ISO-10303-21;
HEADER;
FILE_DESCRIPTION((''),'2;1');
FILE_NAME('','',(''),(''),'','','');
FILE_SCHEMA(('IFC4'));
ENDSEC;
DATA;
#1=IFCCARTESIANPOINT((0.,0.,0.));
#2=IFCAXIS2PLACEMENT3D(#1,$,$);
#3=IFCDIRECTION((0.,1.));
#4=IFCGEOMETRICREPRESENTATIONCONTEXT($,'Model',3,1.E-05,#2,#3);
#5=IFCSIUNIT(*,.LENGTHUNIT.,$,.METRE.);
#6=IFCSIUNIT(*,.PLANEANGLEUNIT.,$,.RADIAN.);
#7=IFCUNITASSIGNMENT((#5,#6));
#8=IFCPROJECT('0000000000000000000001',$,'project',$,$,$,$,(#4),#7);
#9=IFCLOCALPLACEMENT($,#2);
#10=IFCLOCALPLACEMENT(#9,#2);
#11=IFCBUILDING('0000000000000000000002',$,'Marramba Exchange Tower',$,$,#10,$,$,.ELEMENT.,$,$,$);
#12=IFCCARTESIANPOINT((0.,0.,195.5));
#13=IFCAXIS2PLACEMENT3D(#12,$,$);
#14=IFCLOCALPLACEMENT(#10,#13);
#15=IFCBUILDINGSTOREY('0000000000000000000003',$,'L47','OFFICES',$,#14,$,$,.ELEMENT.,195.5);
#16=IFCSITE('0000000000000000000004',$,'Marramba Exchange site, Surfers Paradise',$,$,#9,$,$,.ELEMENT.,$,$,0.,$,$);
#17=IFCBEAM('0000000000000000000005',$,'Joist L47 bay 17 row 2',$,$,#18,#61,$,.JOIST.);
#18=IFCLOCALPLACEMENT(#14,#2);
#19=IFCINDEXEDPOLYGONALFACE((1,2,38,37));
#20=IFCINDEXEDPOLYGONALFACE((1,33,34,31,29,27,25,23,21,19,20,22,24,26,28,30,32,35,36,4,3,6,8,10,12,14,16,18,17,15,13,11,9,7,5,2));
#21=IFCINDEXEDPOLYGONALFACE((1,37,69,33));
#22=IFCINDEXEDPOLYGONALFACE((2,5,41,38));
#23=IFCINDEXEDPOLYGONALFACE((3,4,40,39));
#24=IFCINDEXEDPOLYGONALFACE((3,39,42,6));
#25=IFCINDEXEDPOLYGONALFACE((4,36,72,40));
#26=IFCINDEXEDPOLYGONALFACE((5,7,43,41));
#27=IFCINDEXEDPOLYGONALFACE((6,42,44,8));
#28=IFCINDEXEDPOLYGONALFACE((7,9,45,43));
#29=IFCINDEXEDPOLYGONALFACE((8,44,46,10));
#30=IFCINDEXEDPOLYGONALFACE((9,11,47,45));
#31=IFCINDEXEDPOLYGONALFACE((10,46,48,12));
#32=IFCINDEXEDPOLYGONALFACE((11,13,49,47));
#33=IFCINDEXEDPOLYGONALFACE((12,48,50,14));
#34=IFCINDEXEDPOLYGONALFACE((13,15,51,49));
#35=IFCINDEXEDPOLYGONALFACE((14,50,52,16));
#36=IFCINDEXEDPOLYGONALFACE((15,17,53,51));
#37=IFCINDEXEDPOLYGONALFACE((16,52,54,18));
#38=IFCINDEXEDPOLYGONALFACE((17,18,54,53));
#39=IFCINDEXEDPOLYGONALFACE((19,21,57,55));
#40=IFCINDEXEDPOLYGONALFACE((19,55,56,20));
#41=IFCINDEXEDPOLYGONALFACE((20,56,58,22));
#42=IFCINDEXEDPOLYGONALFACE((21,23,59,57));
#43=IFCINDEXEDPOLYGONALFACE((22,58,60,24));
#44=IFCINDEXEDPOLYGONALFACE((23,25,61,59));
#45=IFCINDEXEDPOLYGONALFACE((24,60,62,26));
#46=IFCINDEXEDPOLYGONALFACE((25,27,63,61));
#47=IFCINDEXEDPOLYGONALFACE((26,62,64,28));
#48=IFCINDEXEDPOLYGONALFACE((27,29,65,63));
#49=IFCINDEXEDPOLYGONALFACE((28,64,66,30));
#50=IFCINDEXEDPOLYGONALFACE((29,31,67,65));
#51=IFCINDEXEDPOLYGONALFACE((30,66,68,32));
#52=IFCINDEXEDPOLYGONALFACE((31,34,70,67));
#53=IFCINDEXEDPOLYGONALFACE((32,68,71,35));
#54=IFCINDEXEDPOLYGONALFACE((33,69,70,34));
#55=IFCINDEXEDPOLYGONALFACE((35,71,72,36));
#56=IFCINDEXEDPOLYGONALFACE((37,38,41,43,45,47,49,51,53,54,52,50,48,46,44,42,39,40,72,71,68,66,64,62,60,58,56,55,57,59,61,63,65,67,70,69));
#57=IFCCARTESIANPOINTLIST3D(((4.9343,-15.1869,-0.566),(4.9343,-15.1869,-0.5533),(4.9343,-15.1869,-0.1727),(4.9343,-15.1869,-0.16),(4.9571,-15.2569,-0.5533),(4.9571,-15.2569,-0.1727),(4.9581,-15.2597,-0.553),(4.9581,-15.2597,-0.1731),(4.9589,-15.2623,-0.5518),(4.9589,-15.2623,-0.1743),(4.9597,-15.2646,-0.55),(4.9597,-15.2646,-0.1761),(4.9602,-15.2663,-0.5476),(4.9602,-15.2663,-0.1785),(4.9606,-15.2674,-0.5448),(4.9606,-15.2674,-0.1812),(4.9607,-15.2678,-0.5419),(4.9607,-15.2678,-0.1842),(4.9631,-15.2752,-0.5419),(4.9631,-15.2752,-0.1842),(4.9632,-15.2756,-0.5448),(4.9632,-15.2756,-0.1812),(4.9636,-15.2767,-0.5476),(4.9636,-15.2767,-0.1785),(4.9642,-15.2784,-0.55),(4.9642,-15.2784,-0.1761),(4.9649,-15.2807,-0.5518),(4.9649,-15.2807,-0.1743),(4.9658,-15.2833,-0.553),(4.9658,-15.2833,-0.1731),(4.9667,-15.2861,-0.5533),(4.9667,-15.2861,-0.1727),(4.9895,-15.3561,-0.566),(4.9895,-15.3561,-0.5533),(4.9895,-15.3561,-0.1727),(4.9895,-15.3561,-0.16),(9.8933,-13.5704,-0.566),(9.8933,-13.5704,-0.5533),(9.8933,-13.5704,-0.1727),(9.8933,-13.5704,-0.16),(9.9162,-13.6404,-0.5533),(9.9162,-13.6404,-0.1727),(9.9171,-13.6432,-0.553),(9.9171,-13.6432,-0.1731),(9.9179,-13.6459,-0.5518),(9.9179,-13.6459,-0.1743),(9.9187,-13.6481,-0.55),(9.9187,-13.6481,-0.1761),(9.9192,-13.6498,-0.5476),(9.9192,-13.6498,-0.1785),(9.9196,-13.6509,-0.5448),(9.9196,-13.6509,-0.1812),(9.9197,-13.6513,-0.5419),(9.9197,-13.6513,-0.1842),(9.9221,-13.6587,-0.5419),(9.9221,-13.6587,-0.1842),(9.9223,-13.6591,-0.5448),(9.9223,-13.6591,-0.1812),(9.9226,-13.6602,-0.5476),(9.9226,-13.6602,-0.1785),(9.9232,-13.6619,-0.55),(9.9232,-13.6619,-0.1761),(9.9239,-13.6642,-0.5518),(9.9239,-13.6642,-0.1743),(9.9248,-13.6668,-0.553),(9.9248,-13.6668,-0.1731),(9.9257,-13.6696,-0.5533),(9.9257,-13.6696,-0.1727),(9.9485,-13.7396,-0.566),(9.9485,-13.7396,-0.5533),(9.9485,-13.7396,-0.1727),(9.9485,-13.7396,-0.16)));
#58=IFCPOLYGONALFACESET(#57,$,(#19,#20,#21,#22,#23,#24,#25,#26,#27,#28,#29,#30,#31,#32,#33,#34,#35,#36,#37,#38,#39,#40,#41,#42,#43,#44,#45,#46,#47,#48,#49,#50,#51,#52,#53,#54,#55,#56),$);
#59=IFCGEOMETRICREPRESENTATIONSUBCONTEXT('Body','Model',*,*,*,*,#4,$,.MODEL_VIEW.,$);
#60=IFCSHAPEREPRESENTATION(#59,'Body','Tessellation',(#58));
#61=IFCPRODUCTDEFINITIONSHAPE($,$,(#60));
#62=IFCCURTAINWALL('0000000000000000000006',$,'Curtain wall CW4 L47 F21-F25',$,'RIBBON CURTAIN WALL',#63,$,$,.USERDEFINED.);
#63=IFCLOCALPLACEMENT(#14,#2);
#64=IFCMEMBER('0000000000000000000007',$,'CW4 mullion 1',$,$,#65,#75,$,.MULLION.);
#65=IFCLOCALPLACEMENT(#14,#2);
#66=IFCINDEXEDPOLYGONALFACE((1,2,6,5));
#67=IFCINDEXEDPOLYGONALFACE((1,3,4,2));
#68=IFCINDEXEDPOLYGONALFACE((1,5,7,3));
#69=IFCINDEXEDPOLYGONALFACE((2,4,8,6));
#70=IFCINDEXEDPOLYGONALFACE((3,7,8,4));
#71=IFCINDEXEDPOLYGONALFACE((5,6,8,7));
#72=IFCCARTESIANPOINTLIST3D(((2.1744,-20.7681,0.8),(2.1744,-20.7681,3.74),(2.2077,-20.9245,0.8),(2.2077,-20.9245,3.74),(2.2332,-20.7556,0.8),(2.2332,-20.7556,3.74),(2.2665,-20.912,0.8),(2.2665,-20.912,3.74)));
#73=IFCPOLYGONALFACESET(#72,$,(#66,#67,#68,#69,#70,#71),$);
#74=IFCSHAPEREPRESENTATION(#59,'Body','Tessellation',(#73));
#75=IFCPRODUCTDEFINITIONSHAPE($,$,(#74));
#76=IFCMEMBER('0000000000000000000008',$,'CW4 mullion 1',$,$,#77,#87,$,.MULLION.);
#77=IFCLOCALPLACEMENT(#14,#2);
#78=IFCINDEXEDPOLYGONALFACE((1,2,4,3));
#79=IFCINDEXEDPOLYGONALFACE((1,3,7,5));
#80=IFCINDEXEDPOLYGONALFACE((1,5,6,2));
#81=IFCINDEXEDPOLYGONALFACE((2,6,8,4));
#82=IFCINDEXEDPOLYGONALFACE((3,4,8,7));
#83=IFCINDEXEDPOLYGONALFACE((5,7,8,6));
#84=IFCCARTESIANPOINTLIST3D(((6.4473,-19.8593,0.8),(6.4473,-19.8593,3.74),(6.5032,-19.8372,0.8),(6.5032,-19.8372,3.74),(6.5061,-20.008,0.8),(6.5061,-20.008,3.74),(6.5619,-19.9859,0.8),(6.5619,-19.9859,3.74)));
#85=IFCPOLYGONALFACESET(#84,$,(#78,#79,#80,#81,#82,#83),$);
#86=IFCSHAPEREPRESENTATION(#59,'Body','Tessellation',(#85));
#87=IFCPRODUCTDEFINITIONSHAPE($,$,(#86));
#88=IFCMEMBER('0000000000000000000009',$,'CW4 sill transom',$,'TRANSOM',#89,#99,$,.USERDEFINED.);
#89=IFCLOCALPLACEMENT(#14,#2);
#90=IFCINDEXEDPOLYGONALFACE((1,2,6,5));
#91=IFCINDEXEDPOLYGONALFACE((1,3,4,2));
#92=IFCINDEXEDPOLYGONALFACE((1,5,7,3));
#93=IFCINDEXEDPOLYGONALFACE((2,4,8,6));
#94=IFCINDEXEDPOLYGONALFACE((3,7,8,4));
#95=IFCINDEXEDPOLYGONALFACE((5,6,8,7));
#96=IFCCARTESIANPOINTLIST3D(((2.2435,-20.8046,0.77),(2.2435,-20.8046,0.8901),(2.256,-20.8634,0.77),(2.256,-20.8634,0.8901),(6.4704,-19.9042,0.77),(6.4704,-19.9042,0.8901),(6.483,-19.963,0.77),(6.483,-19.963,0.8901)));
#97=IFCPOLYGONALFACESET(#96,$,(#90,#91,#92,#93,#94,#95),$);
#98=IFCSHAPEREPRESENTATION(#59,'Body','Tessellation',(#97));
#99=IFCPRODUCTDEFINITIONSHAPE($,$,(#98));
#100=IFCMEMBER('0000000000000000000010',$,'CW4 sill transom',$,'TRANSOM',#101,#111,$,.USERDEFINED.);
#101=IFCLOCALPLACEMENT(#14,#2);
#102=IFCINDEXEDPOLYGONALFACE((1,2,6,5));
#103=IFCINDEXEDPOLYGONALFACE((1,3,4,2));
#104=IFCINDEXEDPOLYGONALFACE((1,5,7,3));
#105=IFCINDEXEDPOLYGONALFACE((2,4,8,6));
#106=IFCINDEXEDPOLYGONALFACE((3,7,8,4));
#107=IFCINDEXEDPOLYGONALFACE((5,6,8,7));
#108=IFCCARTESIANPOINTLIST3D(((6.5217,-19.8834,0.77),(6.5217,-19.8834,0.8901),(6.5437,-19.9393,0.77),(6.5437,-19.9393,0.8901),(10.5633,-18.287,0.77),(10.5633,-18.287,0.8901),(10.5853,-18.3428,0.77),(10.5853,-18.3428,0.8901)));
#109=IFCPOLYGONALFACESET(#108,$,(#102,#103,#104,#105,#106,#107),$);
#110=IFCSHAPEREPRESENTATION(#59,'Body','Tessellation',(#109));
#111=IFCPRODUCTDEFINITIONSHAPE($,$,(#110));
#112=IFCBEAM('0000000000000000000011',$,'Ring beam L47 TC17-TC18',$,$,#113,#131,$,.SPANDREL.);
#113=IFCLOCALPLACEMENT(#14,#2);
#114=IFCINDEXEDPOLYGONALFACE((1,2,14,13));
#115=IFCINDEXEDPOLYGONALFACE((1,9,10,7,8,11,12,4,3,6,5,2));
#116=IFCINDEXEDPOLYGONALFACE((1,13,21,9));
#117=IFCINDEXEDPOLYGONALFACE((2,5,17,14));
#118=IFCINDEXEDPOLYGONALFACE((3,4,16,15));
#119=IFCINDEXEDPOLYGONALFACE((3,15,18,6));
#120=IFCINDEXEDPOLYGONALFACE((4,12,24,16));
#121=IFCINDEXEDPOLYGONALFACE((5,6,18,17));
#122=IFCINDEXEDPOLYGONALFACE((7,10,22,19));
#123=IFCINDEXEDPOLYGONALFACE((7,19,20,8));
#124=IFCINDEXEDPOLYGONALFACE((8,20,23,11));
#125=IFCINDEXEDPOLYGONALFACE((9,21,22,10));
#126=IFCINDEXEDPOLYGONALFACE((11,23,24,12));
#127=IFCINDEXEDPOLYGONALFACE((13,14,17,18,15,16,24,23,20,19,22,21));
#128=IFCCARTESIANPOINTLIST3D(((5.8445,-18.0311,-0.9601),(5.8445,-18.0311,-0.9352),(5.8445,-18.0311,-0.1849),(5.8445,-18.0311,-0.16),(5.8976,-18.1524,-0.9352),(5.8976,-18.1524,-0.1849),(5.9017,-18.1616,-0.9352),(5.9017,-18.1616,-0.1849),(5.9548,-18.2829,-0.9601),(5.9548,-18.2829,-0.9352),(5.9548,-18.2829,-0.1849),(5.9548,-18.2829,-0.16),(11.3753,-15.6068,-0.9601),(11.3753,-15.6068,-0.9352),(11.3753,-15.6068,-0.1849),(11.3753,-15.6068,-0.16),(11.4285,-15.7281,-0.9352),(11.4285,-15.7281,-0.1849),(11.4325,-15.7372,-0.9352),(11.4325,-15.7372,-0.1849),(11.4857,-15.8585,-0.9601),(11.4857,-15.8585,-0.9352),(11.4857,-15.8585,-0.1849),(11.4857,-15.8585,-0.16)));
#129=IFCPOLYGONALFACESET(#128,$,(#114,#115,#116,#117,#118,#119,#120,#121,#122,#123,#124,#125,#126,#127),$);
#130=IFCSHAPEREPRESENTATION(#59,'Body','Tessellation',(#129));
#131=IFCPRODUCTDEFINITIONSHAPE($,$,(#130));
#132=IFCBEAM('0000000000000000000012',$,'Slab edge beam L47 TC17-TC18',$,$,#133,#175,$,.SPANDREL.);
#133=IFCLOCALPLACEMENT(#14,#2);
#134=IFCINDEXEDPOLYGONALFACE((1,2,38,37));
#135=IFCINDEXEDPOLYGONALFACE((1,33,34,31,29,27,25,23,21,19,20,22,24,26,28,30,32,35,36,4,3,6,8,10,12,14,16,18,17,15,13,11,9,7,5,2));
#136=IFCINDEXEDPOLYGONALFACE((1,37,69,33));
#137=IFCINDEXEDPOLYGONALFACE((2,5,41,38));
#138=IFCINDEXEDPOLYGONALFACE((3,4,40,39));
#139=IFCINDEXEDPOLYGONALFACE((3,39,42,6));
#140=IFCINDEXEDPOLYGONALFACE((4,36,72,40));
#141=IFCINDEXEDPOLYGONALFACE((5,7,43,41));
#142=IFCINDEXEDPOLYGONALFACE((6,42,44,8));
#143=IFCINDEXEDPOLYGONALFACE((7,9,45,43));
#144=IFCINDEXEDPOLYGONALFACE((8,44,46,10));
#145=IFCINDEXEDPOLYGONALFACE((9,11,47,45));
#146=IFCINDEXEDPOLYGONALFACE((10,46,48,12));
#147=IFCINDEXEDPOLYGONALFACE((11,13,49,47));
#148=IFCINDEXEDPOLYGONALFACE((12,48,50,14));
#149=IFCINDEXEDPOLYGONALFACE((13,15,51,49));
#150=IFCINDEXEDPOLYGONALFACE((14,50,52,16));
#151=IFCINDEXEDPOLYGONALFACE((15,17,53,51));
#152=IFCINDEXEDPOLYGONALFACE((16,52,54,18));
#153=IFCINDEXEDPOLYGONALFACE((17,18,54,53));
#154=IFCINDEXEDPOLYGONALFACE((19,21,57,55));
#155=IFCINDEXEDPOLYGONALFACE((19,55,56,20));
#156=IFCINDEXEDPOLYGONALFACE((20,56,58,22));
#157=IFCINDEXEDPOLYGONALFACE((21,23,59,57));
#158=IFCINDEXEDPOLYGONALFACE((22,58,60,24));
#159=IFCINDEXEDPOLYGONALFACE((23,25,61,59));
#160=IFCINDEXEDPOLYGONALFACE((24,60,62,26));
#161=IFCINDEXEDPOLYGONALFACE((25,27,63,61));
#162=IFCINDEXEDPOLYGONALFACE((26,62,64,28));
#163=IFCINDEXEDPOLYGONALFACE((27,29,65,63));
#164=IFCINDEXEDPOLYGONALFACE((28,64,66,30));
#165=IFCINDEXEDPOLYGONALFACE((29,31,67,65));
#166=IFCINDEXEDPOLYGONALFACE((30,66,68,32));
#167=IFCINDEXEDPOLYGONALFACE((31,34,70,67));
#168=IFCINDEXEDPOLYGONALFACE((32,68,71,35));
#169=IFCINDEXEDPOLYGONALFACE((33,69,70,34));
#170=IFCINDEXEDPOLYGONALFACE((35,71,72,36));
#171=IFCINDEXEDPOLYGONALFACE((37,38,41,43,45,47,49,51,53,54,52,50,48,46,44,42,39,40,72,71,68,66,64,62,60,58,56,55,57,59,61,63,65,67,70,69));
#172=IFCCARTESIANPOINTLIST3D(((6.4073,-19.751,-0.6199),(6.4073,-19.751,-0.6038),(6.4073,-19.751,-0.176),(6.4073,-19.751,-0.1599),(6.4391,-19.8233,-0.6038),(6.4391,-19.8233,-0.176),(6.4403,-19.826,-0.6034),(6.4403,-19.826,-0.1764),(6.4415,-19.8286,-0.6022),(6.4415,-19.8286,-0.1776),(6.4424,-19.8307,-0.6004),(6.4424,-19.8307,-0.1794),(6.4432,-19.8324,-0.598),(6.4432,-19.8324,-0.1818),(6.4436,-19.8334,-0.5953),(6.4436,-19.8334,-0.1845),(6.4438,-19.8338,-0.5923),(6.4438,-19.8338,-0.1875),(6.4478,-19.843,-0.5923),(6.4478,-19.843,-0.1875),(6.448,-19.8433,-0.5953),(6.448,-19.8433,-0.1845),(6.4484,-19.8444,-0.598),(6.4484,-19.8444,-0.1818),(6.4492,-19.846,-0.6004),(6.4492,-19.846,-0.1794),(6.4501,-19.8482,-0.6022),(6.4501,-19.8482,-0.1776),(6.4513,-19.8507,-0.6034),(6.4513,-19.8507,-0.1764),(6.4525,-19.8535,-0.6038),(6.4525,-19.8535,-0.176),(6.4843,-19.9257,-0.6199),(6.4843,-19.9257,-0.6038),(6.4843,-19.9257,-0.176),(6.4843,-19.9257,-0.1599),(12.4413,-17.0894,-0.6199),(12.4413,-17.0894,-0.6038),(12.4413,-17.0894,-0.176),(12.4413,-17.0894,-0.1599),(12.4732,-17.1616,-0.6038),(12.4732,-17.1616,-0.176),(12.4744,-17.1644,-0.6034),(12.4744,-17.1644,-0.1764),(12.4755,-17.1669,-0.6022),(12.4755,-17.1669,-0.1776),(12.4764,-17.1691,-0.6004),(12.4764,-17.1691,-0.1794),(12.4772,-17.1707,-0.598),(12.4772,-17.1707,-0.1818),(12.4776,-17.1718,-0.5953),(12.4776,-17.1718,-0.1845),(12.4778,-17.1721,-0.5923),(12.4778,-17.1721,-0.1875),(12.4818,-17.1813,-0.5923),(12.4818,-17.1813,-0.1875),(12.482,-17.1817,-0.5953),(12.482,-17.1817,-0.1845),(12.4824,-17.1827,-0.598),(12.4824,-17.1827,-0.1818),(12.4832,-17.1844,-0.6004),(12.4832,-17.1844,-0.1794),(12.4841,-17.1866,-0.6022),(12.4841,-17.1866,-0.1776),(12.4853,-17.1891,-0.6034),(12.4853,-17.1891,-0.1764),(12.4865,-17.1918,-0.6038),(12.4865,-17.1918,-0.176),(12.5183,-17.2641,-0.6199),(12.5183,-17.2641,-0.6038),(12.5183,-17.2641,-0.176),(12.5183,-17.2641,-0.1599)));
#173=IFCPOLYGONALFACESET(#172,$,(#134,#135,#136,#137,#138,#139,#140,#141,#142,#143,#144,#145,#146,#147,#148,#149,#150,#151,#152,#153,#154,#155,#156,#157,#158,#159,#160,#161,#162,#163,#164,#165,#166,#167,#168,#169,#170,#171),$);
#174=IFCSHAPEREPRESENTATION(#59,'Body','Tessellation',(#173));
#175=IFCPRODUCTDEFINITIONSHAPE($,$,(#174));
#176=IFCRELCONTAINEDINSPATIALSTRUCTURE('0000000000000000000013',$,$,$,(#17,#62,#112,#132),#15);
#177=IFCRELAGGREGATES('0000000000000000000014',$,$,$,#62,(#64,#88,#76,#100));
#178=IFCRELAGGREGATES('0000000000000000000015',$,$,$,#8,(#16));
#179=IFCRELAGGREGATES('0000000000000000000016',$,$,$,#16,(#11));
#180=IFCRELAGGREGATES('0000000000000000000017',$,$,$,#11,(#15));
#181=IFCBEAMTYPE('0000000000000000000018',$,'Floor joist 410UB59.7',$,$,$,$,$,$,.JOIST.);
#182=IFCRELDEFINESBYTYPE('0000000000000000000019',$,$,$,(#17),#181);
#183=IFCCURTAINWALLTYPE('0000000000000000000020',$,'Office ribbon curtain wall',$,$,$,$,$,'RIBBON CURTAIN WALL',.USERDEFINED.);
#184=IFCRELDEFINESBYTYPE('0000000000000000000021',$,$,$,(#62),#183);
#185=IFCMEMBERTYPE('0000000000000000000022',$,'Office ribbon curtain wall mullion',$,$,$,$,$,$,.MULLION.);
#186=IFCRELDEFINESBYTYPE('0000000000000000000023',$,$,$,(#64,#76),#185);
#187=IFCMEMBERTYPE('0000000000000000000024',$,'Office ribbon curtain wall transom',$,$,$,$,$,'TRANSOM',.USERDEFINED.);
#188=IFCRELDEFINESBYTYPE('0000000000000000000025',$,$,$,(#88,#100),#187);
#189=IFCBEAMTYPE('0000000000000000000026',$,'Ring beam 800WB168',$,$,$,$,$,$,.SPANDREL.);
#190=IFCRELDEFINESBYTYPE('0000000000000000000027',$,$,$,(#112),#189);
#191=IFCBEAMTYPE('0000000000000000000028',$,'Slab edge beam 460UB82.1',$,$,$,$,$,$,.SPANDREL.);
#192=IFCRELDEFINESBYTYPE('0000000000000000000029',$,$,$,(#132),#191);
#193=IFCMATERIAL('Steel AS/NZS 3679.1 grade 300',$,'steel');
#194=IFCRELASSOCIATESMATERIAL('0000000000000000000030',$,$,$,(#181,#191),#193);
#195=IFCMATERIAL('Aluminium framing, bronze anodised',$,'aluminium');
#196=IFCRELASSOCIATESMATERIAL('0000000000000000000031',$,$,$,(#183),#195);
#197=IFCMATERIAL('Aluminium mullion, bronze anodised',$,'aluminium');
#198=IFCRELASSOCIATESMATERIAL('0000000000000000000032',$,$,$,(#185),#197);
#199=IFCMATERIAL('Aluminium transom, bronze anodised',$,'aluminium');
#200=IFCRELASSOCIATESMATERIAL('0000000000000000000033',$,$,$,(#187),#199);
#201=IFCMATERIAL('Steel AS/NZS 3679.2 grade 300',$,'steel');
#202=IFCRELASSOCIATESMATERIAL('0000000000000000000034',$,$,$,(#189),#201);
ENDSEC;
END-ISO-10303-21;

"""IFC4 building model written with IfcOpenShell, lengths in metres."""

from ifc_helpers import new_model, si_unit, direction, frame, origin, origin_2d, place, context, subcontext, project, spatial, rectangle, i_section, extrude, material, material_profile, profile_set, type_object, element, aggregate, save


model = new_model("IFC4")

# Units and contexts
model_context = context("Model", 3, precision=1e-05, world=origin(), true_north=direction((0.0, 1.0)))
body_context = subcontext(model_context, "Body", "Model", "MODEL_VIEW")
ifc_project = project(units=[si_unit("LENGTHUNIT", "METRE"), si_unit("PLANEANGLEUNIT", "RADIAN")], contexts=[model_context])

# Site, building, storey
site_placement = place(None, origin())
site = spatial("IfcSite", under=ifc_project, at=site_placement, Name="Marramba Exchange site, Surfers Paradise", CompositionType="ELEMENT", RefElevation=0.0)
building_placement = place(site_placement, origin())
building = spatial("IfcBuilding", under=site, at=building_placement, Name="Marramba Exchange Tower", CompositionType="ELEMENT")
storey_placement = place(building_placement, frame((0.0, 0.0, 195.5)))
storey = spatial("IfcBuildingStorey", under=building, at=storey_placement, Name="L47", Description="OFFICES", CompositionType="ELEMENT", Elevation=195.5)

# Beam
ifc_material_1 = material(Name="Steel AS/NZS 3679.2 grade 300", Category="steel")
ifc_material_2 = material(Name="Steel AS/NZS 3679.1 grade 300", Category="steel")
ifc_material_profile_1 = material_profile(ifc_material_2, i_section(OverallWidth=0.178, OverallDepth=0.406, WebThickness=0.0078, FlangeThickness=0.0127, FilletRadius=0.0115, at=origin_2d()), Name="410UB59.7")
ifc_profile_set_1 = profile_set([ifc_material_profile_1], Name="Steel AS/NZS 3679.1 grade 300")
beam_type_1 = type_object("IfcBeamType", Name="Floor joist 410UB59.7", PredefinedType="JOIST", material=ifc_profile_set_1)
beam_1_placement = place(storey_placement, frame((4.9619, -15.2715, -0.363), z_axis=(0.950764, 0.309916, 0.0), x_axis=(-0.309916, 0.950764, 0.0)))
element("IfcBeam", 1, at=beam_1_placement, inside=storey, type_object=beam_type_1, Name="Joist L47 bay 17 row 2", PredefinedType="JOIST", context=body_context, shape_type="SweptSolid", body=[
    extrude(i_section(OverallWidth=0.178, OverallDepth=0.406, WebThickness=0.0078, FlangeThickness=0.0127, FilletRadius=0.0115, at=origin_2d()), origin(), (0.0, 0.0, 1.0), 5.2158),
])

# Curtain wall, members
ifc_material_3 = material(Name="Aluminium framing, bronze anodised", Category="aluminium")
curtain_wall_type = type_object("IfcCurtainWallType", Name="Office ribbon curtain wall", ElementType="RIBBON CURTAIN WALL", PredefinedType="USERDEFINED", material=ifc_material_3)
curtain_wall_placement = place(storey_placement, origin())
curtain_wall = element("IfcCurtainWall", 2, at=curtain_wall_placement, inside=storey, type_object=curtain_wall_type, Name="Curtain wall CW4 L47 F21-F25", ObjectType="RIBBON CURTAIN WALL", PredefinedType="USERDEFINED")
ifc_material_4 = material(Name="Aluminium mullion, bronze anodised", Category="aluminium")
ifc_material_profile_2 = material_profile(ifc_material_4, rectangle(XDim=0.1599, YDim=0.0601, at=origin_2d()), Name="CW4 mullion 60x160")
ifc_profile_set_2 = profile_set([ifc_material_profile_2], Name="Aluminium mullion, bronze anodised")
member_type_1 = type_object("IfcMemberType", Name="Office ribbon curtain wall mullion", PredefinedType="MULLION", material=ifc_profile_set_2)
member_1_placement = place(storey_placement, frame((2.2205, -20.8401, 0.8), z_axis=(0.0, 0.0, 1.0), x_axis=(-0.208332, 0.978058, 0.0)))
member_1 = element("IfcMember", 3, at=member_1_placement, type_object=member_type_1, Name="CW4 mullion 1", PredefinedType="MULLION", context=body_context, shape_type="SweptSolid", body=[
    extrude(rectangle(XDim=0.1599, YDim=0.0601, at=origin_2d()), origin(), (0.0, 0.0, 1.0), 2.9399),
])
member_2_placement = place(storey_placement, frame((6.5046, -19.9226, 0.8), z_axis=(0.0, 0.0, 1.0), x_axis=(-0.367375, 0.930073, 0.0)))
member_2 = element("IfcMember", 4, at=member_2_placement, type_object=member_type_1, Name="CW4 mullion 1", PredefinedType="MULLION", context=body_context, shape_type="SweptSolid", body=[
    extrude(rectangle(XDim=0.1599, YDim=0.0601, at=origin_2d()), origin(), (0.0, 0.0, 1.0), 2.9399),
])
ifc_material_5 = material(Name="Aluminium transom, bronze anodised", Category="aluminium")
ifc_material_profile_3 = material_profile(ifc_material_5, rectangle(XDim=0.0601, YDim=0.1201, at=origin_2d()), Name="CW4 transom 60x120")
ifc_profile_set_3 = profile_set([ifc_material_profile_3], Name="Aluminium transom, bronze anodised")
member_type_2 = type_object("IfcMemberType", Name="Office ribbon curtain wall transom", ElementType="TRANSOM", PredefinedType="USERDEFINED", material=ifc_profile_set_3)
member_3_placement = place(storey_placement, frame((2.2498, -20.834, 0.8301), z_axis=(0.978058, 0.208333, 0.0), x_axis=(-0.208333, 0.978058, 0.0)))
member_3 = element("IfcMember", 5, at=member_3_placement, type_object=member_type_2, Name="CW4 sill transom", ObjectType="TRANSOM", PredefinedType="USERDEFINED", context=body_context, shape_type="SweptSolid", body=[
    extrude(rectangle(XDim=0.0601, YDim=0.1201, at=origin_2d()), origin(), (0.0, 0.0, 1.0), 4.3218),
])
member_4_placement = place(storey_placement, frame((6.5327, -19.9114, 0.8301), z_axis=(0.930068, 0.367387, 0.0), x_axis=(-0.367387, 0.930068, 0.0)))
member_4 = element("IfcMember", 6, at=member_4_placement, type_object=member_type_2, Name="CW4 sill transom", ObjectType="TRANSOM", PredefinedType="USERDEFINED", context=body_context, shape_type="SweptSolid", body=[
    extrude(rectangle(XDim=0.0601, YDim=0.1201, at=origin_2d()), origin(), (0.0, 0.0, 1.0), 4.3455),
])

# Beams
ifc_material_profile_4 = material_profile(ifc_material_1, i_section(OverallWidth=0.2749, OverallDepth=0.8, WebThickness=0.01, FlangeThickness=0.0249, at=origin_2d()), Name="800WB168")
ifc_profile_set_4 = profile_set([ifc_material_profile_4], Name="Steel AS/NZS 3679.2 grade 300")
beam_type_2 = type_object("IfcBeamType", Name="Ring beam 800WB168", PredefinedType="SPANDREL", material=ifc_profile_set_4)
beam_2_placement = place(storey_placement, frame((5.8997, -18.157, -0.5601), z_axis=(0.915877, 0.401459, 0.0), x_axis=(-0.401459, 0.915877, 0.0)))
element("IfcBeam", 7, at=beam_2_placement, inside=storey, type_object=beam_type_2, Name="Ring beam L47 TC17-TC18", PredefinedType="SPANDREL", context=body_context, shape_type="SweptSolid", body=[
    extrude(i_section(OverallWidth=0.2749, OverallDepth=0.8, WebThickness=0.01, FlangeThickness=0.0249, at=origin_2d()), origin(), (0.0, 0.0, 1.0), 6.0388),
])
ifc_material_profile_5 = material_profile(ifc_material_2, i_section(OverallWidth=0.1909, OverallDepth=0.46, WebThickness=0.01, FlangeThickness=0.0161, FilletRadius=0.0115, at=origin_2d()), Name="460UB82.1")
ifc_profile_set_5 = profile_set([ifc_material_profile_5], Name="Steel AS/NZS 3679.1 grade 300")
beam_type_3 = type_object("IfcBeamType", Name="Slab edge beam 460UB82.1", PredefinedType="SPANDREL", material=ifc_profile_set_5)
beam_3_placement = place(storey_placement, frame((6.4458, -19.8384, -0.3899), z_axis=(0.914941, 0.403588, 0.0), x_axis=(-0.403588, 0.914941, 0.0)))
element("IfcBeam", 8, at=beam_3_placement, inside=storey, type_object=beam_type_3, Name="Slab edge beam L47 TC17-TC18", PredefinedType="SPANDREL", context=body_context, shape_type="SweptSolid", body=[
    extrude(i_section(OverallWidth=0.1909, OverallDepth=0.46, WebThickness=0.01, FlangeThickness=0.0161, FilletRadius=0.0115, at=origin_2d()), origin(), (0.0, 0.0, 1.0), 6.595),
])

aggregate(curtain_wall, [member_1, member_3, member_2, member_4])

save(model, "model.ifc")
